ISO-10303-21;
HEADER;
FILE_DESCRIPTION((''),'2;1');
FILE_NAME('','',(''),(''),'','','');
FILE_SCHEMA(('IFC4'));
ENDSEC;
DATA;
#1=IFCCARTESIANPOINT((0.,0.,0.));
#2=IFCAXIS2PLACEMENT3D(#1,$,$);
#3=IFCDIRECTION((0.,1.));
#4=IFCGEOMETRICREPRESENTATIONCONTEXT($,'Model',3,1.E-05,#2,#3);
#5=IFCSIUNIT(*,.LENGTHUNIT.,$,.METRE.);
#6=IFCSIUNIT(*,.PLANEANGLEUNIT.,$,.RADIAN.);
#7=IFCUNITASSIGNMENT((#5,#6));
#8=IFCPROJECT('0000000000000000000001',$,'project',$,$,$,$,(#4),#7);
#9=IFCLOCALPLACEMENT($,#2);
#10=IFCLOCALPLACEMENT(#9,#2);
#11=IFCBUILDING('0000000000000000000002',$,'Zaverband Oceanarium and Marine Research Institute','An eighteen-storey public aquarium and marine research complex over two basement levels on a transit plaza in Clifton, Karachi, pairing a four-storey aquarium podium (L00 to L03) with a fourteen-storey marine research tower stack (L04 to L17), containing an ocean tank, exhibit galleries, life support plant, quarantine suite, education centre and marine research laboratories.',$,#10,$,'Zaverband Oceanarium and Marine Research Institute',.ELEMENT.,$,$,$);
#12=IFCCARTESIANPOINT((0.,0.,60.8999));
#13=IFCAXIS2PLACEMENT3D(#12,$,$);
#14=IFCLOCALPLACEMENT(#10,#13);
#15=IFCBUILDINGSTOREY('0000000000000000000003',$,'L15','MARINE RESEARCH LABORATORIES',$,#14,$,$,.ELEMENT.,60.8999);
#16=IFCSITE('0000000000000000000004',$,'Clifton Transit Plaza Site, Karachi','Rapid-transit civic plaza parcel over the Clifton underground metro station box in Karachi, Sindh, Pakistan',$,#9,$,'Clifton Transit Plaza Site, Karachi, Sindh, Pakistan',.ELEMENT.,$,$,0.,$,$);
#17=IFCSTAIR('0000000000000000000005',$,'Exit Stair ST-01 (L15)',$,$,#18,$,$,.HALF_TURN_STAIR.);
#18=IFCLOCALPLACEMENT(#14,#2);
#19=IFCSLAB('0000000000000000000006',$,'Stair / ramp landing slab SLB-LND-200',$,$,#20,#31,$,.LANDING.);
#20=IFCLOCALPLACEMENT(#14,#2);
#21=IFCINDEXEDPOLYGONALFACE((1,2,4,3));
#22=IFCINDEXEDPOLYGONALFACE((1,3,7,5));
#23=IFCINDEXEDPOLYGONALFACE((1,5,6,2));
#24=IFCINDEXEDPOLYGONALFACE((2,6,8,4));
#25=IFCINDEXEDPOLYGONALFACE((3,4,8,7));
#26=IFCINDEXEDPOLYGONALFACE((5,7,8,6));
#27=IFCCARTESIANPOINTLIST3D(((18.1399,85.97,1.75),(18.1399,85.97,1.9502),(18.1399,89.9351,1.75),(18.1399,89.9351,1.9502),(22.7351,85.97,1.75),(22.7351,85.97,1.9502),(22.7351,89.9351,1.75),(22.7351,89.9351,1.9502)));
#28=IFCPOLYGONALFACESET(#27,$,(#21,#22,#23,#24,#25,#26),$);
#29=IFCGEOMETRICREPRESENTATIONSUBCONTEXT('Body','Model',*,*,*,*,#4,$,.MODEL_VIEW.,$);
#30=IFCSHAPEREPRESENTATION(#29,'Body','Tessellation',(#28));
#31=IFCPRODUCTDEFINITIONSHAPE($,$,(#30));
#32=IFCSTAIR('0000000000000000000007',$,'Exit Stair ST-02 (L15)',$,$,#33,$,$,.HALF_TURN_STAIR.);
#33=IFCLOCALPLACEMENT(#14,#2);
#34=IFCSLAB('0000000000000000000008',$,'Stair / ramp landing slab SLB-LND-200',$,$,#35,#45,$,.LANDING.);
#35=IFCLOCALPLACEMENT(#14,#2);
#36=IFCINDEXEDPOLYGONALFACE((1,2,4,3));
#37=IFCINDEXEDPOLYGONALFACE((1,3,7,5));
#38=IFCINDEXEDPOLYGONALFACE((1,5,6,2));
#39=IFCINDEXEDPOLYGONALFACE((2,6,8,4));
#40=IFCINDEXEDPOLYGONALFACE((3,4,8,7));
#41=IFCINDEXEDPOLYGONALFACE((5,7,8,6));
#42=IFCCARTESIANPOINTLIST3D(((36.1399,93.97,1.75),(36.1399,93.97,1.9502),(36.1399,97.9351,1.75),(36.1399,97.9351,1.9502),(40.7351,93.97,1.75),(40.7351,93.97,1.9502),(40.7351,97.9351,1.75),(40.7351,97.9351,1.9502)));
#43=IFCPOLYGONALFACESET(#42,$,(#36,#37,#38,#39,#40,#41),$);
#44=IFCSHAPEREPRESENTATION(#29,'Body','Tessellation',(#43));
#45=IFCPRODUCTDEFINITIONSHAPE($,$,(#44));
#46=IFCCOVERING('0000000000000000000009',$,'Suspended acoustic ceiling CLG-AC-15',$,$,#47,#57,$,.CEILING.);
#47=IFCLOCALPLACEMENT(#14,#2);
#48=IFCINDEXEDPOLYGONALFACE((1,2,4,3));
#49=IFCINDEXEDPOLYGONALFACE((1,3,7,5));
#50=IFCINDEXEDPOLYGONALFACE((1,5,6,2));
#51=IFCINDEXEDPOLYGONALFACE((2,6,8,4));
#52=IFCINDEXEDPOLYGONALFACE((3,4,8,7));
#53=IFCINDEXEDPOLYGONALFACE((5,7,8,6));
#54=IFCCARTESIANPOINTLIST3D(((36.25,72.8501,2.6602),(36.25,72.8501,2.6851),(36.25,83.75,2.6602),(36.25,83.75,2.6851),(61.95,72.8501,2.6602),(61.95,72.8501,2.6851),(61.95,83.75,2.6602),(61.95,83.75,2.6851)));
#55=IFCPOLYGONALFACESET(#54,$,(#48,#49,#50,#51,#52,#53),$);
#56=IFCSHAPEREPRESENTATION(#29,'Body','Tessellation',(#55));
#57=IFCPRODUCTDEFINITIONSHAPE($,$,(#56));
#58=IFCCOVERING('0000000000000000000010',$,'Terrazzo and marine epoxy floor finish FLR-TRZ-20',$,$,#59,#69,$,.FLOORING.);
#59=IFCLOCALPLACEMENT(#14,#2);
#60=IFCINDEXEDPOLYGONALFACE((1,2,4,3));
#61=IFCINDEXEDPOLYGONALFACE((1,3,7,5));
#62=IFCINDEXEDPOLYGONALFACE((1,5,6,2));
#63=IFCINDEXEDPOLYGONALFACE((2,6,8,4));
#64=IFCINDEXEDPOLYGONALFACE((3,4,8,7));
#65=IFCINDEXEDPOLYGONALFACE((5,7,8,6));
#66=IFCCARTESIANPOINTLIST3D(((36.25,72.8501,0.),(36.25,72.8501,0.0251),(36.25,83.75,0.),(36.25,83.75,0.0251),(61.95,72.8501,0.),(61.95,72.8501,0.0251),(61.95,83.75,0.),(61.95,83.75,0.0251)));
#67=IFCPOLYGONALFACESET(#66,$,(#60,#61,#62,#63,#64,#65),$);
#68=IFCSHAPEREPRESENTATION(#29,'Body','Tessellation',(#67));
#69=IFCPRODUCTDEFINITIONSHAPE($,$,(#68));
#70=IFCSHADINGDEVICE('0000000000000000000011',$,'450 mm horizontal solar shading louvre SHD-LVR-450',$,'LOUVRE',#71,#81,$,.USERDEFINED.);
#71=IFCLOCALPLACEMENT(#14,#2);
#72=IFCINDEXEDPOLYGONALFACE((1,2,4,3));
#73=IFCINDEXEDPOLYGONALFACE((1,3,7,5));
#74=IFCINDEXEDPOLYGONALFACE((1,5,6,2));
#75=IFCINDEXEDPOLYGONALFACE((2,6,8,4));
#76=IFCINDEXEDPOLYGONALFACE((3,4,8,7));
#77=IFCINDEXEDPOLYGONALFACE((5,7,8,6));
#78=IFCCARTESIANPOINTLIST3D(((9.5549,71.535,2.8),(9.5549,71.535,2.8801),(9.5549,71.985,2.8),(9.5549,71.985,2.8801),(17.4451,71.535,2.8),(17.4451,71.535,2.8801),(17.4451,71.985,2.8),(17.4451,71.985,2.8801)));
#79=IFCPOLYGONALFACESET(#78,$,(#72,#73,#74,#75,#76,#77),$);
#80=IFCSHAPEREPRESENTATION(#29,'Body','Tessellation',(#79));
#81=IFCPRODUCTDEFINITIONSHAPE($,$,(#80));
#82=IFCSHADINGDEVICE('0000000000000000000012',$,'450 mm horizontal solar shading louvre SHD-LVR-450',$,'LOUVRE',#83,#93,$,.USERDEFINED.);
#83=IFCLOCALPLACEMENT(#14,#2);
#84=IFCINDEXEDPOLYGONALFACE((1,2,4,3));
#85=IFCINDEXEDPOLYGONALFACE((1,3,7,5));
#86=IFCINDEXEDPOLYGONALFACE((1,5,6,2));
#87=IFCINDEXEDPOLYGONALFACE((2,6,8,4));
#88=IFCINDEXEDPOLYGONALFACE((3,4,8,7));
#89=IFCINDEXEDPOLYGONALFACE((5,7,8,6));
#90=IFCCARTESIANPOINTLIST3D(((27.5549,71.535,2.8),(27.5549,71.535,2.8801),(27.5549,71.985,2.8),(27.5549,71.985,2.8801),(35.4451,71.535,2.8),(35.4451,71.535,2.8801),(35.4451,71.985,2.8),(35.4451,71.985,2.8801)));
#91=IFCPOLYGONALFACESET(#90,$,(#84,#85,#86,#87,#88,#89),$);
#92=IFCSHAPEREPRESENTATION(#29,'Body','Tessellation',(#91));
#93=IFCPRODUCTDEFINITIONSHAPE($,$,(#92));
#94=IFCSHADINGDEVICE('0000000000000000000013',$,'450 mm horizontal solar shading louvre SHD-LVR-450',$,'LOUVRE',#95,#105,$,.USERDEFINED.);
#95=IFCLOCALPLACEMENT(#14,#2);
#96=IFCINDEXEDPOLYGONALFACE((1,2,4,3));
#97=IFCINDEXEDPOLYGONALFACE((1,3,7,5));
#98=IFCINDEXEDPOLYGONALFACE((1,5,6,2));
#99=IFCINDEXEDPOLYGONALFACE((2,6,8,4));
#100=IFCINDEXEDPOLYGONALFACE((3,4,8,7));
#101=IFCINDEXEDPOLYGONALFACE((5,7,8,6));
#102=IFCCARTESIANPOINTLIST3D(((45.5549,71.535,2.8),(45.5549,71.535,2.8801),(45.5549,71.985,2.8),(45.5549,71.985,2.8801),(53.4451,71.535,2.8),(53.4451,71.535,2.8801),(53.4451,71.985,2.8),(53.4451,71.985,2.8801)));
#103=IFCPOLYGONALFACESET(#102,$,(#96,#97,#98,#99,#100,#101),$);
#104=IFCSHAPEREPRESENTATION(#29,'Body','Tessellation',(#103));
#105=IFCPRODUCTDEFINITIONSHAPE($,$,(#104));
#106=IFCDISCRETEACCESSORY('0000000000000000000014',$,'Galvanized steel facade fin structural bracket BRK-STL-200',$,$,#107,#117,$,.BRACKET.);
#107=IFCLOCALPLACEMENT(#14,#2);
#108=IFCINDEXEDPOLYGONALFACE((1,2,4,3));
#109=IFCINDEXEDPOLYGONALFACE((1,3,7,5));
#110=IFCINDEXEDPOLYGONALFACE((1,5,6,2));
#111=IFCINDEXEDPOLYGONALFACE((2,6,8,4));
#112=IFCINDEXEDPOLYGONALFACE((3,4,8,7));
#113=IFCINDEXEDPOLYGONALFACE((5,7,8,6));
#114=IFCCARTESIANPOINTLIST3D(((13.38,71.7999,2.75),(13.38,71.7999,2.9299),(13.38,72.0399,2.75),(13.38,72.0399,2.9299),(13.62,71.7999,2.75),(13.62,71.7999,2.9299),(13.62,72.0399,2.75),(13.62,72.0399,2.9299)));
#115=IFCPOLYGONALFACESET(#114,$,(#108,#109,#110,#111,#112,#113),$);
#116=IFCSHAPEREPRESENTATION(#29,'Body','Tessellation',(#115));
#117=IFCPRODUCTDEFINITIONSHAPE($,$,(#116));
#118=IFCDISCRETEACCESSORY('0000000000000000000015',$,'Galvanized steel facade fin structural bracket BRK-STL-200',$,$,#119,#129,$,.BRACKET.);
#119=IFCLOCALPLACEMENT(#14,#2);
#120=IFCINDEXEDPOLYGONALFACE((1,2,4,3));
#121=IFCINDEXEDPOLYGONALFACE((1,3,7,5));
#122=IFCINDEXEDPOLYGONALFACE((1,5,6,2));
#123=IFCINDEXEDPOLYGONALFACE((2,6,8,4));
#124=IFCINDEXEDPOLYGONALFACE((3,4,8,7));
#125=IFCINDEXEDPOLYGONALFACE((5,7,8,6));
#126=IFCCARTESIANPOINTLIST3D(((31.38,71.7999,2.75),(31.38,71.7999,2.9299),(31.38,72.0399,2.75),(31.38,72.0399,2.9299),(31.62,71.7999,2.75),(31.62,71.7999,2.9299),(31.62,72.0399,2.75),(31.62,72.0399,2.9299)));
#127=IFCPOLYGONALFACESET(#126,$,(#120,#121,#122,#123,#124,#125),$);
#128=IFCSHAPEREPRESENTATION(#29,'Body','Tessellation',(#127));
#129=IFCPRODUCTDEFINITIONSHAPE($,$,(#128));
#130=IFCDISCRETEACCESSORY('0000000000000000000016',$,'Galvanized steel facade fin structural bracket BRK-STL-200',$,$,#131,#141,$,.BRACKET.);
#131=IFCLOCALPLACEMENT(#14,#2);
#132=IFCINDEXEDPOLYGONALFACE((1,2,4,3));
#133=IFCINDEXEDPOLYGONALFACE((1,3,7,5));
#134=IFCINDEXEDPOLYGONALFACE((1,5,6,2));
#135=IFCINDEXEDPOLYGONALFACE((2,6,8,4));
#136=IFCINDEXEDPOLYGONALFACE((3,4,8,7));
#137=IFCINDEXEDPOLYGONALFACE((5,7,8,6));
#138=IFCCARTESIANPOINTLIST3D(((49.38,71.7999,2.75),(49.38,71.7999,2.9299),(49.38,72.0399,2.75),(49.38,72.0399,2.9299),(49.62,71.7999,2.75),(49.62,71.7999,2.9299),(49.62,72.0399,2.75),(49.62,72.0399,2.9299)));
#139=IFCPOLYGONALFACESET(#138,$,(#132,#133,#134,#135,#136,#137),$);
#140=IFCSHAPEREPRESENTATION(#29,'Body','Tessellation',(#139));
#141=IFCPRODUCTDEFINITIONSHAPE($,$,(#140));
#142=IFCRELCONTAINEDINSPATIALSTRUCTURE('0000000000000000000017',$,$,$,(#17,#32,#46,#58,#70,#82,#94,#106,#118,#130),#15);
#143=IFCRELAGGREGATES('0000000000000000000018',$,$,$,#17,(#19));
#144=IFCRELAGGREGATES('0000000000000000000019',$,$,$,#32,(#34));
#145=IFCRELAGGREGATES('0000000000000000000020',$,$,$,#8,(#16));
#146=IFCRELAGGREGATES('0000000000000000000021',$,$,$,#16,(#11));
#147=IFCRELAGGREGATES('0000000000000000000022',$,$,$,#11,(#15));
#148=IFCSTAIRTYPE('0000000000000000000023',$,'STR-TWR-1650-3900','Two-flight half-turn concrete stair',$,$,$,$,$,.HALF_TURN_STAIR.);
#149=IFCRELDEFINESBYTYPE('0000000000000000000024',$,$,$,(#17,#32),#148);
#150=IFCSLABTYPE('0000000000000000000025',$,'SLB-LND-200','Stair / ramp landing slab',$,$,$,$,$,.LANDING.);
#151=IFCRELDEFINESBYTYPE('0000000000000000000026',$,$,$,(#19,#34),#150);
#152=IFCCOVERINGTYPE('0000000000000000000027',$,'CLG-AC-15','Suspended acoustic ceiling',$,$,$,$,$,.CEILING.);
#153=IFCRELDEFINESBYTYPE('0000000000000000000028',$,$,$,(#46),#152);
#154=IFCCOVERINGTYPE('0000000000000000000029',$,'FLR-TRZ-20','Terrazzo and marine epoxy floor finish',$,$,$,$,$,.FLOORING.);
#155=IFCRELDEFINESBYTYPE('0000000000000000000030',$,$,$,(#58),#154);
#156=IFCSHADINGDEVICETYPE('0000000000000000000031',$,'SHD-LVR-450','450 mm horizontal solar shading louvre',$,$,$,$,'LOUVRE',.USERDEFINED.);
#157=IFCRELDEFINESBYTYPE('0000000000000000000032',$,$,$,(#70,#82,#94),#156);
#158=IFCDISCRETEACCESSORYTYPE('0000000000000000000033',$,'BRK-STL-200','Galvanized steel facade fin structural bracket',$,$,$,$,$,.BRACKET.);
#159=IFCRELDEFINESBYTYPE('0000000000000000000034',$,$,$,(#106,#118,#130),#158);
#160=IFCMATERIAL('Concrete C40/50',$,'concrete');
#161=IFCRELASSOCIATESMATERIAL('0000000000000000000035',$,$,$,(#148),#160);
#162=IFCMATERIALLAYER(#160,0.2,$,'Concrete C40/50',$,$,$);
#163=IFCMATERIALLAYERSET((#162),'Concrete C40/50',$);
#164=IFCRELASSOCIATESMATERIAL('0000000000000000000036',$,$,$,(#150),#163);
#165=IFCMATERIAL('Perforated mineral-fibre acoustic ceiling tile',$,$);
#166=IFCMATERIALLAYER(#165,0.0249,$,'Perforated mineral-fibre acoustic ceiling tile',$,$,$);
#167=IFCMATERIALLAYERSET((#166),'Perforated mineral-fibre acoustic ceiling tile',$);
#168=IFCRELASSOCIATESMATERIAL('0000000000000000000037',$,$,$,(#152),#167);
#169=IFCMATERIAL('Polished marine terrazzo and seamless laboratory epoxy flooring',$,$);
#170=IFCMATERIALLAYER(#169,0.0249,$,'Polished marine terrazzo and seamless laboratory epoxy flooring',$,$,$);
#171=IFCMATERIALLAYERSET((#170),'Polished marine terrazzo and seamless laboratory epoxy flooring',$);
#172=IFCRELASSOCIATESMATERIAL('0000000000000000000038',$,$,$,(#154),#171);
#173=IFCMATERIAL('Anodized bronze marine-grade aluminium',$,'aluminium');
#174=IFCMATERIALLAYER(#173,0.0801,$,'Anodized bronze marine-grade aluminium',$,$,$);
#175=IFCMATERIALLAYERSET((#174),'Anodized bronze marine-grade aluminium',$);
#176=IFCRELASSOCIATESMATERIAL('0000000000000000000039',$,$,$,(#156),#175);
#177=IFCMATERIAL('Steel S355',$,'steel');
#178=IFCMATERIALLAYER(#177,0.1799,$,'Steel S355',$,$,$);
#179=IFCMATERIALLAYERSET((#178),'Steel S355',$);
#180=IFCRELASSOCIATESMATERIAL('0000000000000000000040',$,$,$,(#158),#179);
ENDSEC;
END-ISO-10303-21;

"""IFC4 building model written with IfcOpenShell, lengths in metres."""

from ifc_helpers import new_model, si_unit, direction, frame, frame_2d, origin, origin_2d, place, context, subcontext, project, spatial, polyline, rectangle, outline, extrude, material, layer, layer_set, type_object, element, aggregate, save


model = new_model("IFC4")

# Units and contexts
model_context = context("Model", 3, precision=1e-05, world=origin(), true_north=direction((0.0, 1.0)))
body_context = subcontext(model_context, "Body", "Model", "MODEL_VIEW")
ifc_project = project(units=[si_unit("LENGTHUNIT", "METRE"), si_unit("PLANEANGLEUNIT", "RADIAN")], contexts=[model_context])

# Site, building, storey
site_placement = place(None, origin())
site = spatial("IfcSite", under=ifc_project, at=site_placement, Name="Clifton Transit Plaza Site, Karachi", Description="Rapid-transit civic plaza parcel over the Clifton underground metro station box in Karachi, Sindh, Pakistan", LongName="Clifton Transit Plaza Site, Karachi, Sindh, Pakistan", CompositionType="ELEMENT", RefElevation=0.0)
building_placement = place(site_placement, origin())
building = spatial("IfcBuilding", under=site, at=building_placement, Name="Zaverband Oceanarium and Marine Research Institute", Description="An eighteen-storey public aquarium and marine research complex over two basement levels on a transit plaza in Clifton, Karachi, pairing a four-storey aquarium podium (L00 to L03) with a fourteen-storey marine research tower stack (L04 to L17), containing an ocean tank, exhibit galleries, life support plant, quarantine suite, education centre and marine research laboratories.", LongName="Zaverband Oceanarium and Marine Research Institute", CompositionType="ELEMENT")
storey_placement = place(building_placement, frame((0.0, 0.0, 60.8999)))
storey = spatial("IfcBuildingStorey", under=building, at=storey_placement, Name="L15", Description="MARINE RESEARCH LABORATORIES", CompositionType="ELEMENT", Elevation=60.8999)

# Shared definitions
ifc_material_1 = material(Name="Concrete C40/50", Category="concrete")

# Stairs, slabs
stair_type = type_object("IfcStairType", Name="STR-TWR-1650-3900", Description="Two-flight half-turn concrete stair", PredefinedType="HALF_TURN_STAIR", material=ifc_material_1)
stair_1_placement = place(storey_placement, origin())
stair_1 = element("IfcStair", 1, at=stair_1_placement, inside=storey, type_object=stair_type, Name="Exit Stair ST-01 (L15)", PredefinedType="HALF_TURN_STAIR")
ifc_layer_1 = layer(ifc_material_1, 0.2, Name="Concrete C40/50")
ifc_layer_set_1 = layer_set([ifc_layer_1], Name="Concrete C40/50")
slab_type_1 = type_object("IfcSlabType", Name="SLB-LND-200", Description="Stair / ramp landing slab", PredefinedType="LANDING", material=ifc_layer_set_1)
slab_1_placement = place(storey_placement, frame((0.0, 0.0, 1.75)))
slab_1 = element("IfcSlab", 2, at=slab_1_placement, type_object=slab_type_1, Name="Stair / ramp landing slab SLB-LND-200", PredefinedType="LANDING", context=body_context, shape_type="SweptSolid", body=[
    extrude(outline(polyline([(18.1399, 85.97), (22.7351, 85.97), (22.7351, 89.9351), (18.1399, 89.9351), (18.1399, 85.97)])), origin(), (0.0, 0.0, 1.0), 0.2002),
])
aggregate(stair_1, [slab_1])
stair_2_placement = place(storey_placement, origin())
stair_2 = element("IfcStair", 3, at=stair_2_placement, inside=storey, type_object=stair_type, Name="Exit Stair ST-02 (L15)", PredefinedType="HALF_TURN_STAIR")
slab_2_placement = place(storey_placement, frame((0.0, 0.0, 1.75)))
slab_2 = element("IfcSlab", 4, at=slab_2_placement, type_object=slab_type_1, Name="Stair / ramp landing slab SLB-LND-200", PredefinedType="LANDING", context=body_context, shape_type="SweptSolid", body=[
    extrude(outline(polyline([(36.1399, 93.97), (40.7351, 93.97), (40.7351, 97.9351), (36.1399, 97.9351), (36.1399, 93.97)])), origin(), (0.0, 0.0, 1.0), 0.2002),
])
aggregate(stair_2, [slab_2])

# Coverings
ifc_material_2 = material(Name="Perforated mineral-fibre acoustic ceiling tile")
ifc_layer_2 = layer(ifc_material_2, 0.0249, Name="Perforated mineral-fibre acoustic ceiling tile")
ifc_layer_set_2 = layer_set([ifc_layer_2], Name="Perforated mineral-fibre acoustic ceiling tile")
covering_type_1 = type_object("IfcCoveringType", Name="CLG-AC-15", Description="Suspended acoustic ceiling", PredefinedType="CEILING", material=ifc_layer_set_2)
covering_1_placement = place(storey_placement, frame((0.0, 0.0, 2.6602)))
element("IfcCovering", 5, at=covering_1_placement, inside=storey, type_object=covering_type_1, Name="Suspended acoustic ceiling CLG-AC-15", PredefinedType="CEILING", context=body_context, shape_type="SweptSolid", body=[
    extrude(outline(polyline([(36.25, 72.8501), (61.95, 72.8501), (61.95, 83.75), (36.25, 83.75), (36.25, 72.8501)])), origin(), (0.0, 0.0, 1.0), 0.0249),
])
ifc_material_3 = material(Name="Polished marine terrazzo and seamless laboratory epoxy flooring")
ifc_layer_3 = layer(ifc_material_3, 0.0249, Name="Polished marine terrazzo and seamless laboratory epoxy flooring")
ifc_layer_set_3 = layer_set([ifc_layer_3], Name="Polished marine terrazzo and seamless laboratory epoxy flooring")
covering_type_2 = type_object("IfcCoveringType", Name="FLR-TRZ-20", Description="Terrazzo and marine epoxy floor finish", PredefinedType="FLOORING", material=ifc_layer_set_3)
covering_2_placement = place(storey_placement, origin())
element("IfcCovering", 6, at=covering_2_placement, inside=storey, type_object=covering_type_2, Name="Terrazzo and marine epoxy floor finish FLR-TRZ-20", PredefinedType="FLOORING", context=body_context, shape_type="SweptSolid", body=[
    extrude(outline(polyline([(36.25, 72.8501), (61.95, 72.8501), (61.95, 83.75), (36.25, 83.75), (36.25, 72.8501)])), origin(), (0.0, 0.0, 1.0), 0.0251),
])

# Shading devices
ifc_material_4 = material(Name="Anodized bronze marine-grade aluminium", Category="aluminium")
ifc_layer_4 = layer(ifc_material_4, 0.0801, Name="Anodized bronze marine-grade aluminium")
ifc_layer_set_4 = layer_set([ifc_layer_4], Name="Anodized bronze marine-grade aluminium")
shading_device_type = type_object("IfcShadingDeviceType", Name="SHD-LVR-450", Description="450 mm horizontal solar shading louvre", ElementType="LOUVRE", PredefinedType="USERDEFINED", material=ifc_layer_set_4)
for number, where, z_axis, x_axis, name in (
    (7, (9.5549, 71.76, 2.8), (0.0, 0.0, 1.0), (1.0, 0.0, 0.0), "450 mm horizontal solar shading louvre SHD-LVR-450"),
    (8, (27.5549, 71.76, 2.8), (0.0, 0.0, 1.0), (1.0, 0.0, 0.0), "450 mm horizontal solar shading louvre SHD-LVR-450"),
    (9, (45.5549, 71.76, 2.8), (0.0, 0.0, 1.0), (1.0, 0.0, 0.0), "450 mm horizontal solar shading louvre SHD-LVR-450"),
):
    element("IfcShadingDevice", number, at=place(storey_placement, frame(where, z_axis=z_axis, x_axis=x_axis)), inside=storey, type_object=shading_device_type, Name=name, ObjectType="LOUVRE", PredefinedType="USERDEFINED", context=body_context, shape_type="SweptSolid", body=[
        extrude(rectangle(XDim=7.8901, YDim=0.45, at=frame_2d((3.9451, 0.0))), origin(), (0.0, 0.0, 1.0), 0.0801),
    ])

# Discrete accessories
ifc_material_5 = material(Name="Steel S355", Category="steel")
ifc_layer_5 = layer(ifc_material_5, 0.1799, Name="Steel S355")
ifc_layer_set_5 = layer_set([ifc_layer_5], Name="Steel S355")
discrete_accessory_type = type_object("IfcDiscreteAccessoryType", Name="BRK-STL-200", Description="Galvanized steel facade fin structural bracket", PredefinedType="BRACKET", material=ifc_layer_set_5)
for number, where, z_axis, x_axis, name in (
    (10, (13.5, 71.9199, 2.75), (0.0, 0.0, 1.0), (1.0, 0.0, 0.0), "Galvanized steel facade fin structural bracket BRK-STL-200"),
    (11, (31.5, 71.9199, 2.75), (0.0, 0.0, 1.0), (1.0, 0.0, 0.0), "Galvanized steel facade fin structural bracket BRK-STL-200"),
    (12, (49.5, 71.9199, 2.75), (0.0, 0.0, 1.0), (1.0, 0.0, 0.0), "Galvanized steel facade fin structural bracket BRK-STL-200"),
):
    element("IfcDiscreteAccessory", number, at=place(storey_placement, frame(where, z_axis=z_axis, x_axis=x_axis)), inside=storey, type_object=discrete_accessory_type, Name=name, PredefinedType="BRACKET", context=body_context, shape_type="SweptSolid", body=[
        extrude(rectangle(XDim=0.24, YDim=0.24, at=origin_2d()), origin(), (0.0, 0.0, 1.0), 0.1799),
    ])

save(model, "model.ifc")
